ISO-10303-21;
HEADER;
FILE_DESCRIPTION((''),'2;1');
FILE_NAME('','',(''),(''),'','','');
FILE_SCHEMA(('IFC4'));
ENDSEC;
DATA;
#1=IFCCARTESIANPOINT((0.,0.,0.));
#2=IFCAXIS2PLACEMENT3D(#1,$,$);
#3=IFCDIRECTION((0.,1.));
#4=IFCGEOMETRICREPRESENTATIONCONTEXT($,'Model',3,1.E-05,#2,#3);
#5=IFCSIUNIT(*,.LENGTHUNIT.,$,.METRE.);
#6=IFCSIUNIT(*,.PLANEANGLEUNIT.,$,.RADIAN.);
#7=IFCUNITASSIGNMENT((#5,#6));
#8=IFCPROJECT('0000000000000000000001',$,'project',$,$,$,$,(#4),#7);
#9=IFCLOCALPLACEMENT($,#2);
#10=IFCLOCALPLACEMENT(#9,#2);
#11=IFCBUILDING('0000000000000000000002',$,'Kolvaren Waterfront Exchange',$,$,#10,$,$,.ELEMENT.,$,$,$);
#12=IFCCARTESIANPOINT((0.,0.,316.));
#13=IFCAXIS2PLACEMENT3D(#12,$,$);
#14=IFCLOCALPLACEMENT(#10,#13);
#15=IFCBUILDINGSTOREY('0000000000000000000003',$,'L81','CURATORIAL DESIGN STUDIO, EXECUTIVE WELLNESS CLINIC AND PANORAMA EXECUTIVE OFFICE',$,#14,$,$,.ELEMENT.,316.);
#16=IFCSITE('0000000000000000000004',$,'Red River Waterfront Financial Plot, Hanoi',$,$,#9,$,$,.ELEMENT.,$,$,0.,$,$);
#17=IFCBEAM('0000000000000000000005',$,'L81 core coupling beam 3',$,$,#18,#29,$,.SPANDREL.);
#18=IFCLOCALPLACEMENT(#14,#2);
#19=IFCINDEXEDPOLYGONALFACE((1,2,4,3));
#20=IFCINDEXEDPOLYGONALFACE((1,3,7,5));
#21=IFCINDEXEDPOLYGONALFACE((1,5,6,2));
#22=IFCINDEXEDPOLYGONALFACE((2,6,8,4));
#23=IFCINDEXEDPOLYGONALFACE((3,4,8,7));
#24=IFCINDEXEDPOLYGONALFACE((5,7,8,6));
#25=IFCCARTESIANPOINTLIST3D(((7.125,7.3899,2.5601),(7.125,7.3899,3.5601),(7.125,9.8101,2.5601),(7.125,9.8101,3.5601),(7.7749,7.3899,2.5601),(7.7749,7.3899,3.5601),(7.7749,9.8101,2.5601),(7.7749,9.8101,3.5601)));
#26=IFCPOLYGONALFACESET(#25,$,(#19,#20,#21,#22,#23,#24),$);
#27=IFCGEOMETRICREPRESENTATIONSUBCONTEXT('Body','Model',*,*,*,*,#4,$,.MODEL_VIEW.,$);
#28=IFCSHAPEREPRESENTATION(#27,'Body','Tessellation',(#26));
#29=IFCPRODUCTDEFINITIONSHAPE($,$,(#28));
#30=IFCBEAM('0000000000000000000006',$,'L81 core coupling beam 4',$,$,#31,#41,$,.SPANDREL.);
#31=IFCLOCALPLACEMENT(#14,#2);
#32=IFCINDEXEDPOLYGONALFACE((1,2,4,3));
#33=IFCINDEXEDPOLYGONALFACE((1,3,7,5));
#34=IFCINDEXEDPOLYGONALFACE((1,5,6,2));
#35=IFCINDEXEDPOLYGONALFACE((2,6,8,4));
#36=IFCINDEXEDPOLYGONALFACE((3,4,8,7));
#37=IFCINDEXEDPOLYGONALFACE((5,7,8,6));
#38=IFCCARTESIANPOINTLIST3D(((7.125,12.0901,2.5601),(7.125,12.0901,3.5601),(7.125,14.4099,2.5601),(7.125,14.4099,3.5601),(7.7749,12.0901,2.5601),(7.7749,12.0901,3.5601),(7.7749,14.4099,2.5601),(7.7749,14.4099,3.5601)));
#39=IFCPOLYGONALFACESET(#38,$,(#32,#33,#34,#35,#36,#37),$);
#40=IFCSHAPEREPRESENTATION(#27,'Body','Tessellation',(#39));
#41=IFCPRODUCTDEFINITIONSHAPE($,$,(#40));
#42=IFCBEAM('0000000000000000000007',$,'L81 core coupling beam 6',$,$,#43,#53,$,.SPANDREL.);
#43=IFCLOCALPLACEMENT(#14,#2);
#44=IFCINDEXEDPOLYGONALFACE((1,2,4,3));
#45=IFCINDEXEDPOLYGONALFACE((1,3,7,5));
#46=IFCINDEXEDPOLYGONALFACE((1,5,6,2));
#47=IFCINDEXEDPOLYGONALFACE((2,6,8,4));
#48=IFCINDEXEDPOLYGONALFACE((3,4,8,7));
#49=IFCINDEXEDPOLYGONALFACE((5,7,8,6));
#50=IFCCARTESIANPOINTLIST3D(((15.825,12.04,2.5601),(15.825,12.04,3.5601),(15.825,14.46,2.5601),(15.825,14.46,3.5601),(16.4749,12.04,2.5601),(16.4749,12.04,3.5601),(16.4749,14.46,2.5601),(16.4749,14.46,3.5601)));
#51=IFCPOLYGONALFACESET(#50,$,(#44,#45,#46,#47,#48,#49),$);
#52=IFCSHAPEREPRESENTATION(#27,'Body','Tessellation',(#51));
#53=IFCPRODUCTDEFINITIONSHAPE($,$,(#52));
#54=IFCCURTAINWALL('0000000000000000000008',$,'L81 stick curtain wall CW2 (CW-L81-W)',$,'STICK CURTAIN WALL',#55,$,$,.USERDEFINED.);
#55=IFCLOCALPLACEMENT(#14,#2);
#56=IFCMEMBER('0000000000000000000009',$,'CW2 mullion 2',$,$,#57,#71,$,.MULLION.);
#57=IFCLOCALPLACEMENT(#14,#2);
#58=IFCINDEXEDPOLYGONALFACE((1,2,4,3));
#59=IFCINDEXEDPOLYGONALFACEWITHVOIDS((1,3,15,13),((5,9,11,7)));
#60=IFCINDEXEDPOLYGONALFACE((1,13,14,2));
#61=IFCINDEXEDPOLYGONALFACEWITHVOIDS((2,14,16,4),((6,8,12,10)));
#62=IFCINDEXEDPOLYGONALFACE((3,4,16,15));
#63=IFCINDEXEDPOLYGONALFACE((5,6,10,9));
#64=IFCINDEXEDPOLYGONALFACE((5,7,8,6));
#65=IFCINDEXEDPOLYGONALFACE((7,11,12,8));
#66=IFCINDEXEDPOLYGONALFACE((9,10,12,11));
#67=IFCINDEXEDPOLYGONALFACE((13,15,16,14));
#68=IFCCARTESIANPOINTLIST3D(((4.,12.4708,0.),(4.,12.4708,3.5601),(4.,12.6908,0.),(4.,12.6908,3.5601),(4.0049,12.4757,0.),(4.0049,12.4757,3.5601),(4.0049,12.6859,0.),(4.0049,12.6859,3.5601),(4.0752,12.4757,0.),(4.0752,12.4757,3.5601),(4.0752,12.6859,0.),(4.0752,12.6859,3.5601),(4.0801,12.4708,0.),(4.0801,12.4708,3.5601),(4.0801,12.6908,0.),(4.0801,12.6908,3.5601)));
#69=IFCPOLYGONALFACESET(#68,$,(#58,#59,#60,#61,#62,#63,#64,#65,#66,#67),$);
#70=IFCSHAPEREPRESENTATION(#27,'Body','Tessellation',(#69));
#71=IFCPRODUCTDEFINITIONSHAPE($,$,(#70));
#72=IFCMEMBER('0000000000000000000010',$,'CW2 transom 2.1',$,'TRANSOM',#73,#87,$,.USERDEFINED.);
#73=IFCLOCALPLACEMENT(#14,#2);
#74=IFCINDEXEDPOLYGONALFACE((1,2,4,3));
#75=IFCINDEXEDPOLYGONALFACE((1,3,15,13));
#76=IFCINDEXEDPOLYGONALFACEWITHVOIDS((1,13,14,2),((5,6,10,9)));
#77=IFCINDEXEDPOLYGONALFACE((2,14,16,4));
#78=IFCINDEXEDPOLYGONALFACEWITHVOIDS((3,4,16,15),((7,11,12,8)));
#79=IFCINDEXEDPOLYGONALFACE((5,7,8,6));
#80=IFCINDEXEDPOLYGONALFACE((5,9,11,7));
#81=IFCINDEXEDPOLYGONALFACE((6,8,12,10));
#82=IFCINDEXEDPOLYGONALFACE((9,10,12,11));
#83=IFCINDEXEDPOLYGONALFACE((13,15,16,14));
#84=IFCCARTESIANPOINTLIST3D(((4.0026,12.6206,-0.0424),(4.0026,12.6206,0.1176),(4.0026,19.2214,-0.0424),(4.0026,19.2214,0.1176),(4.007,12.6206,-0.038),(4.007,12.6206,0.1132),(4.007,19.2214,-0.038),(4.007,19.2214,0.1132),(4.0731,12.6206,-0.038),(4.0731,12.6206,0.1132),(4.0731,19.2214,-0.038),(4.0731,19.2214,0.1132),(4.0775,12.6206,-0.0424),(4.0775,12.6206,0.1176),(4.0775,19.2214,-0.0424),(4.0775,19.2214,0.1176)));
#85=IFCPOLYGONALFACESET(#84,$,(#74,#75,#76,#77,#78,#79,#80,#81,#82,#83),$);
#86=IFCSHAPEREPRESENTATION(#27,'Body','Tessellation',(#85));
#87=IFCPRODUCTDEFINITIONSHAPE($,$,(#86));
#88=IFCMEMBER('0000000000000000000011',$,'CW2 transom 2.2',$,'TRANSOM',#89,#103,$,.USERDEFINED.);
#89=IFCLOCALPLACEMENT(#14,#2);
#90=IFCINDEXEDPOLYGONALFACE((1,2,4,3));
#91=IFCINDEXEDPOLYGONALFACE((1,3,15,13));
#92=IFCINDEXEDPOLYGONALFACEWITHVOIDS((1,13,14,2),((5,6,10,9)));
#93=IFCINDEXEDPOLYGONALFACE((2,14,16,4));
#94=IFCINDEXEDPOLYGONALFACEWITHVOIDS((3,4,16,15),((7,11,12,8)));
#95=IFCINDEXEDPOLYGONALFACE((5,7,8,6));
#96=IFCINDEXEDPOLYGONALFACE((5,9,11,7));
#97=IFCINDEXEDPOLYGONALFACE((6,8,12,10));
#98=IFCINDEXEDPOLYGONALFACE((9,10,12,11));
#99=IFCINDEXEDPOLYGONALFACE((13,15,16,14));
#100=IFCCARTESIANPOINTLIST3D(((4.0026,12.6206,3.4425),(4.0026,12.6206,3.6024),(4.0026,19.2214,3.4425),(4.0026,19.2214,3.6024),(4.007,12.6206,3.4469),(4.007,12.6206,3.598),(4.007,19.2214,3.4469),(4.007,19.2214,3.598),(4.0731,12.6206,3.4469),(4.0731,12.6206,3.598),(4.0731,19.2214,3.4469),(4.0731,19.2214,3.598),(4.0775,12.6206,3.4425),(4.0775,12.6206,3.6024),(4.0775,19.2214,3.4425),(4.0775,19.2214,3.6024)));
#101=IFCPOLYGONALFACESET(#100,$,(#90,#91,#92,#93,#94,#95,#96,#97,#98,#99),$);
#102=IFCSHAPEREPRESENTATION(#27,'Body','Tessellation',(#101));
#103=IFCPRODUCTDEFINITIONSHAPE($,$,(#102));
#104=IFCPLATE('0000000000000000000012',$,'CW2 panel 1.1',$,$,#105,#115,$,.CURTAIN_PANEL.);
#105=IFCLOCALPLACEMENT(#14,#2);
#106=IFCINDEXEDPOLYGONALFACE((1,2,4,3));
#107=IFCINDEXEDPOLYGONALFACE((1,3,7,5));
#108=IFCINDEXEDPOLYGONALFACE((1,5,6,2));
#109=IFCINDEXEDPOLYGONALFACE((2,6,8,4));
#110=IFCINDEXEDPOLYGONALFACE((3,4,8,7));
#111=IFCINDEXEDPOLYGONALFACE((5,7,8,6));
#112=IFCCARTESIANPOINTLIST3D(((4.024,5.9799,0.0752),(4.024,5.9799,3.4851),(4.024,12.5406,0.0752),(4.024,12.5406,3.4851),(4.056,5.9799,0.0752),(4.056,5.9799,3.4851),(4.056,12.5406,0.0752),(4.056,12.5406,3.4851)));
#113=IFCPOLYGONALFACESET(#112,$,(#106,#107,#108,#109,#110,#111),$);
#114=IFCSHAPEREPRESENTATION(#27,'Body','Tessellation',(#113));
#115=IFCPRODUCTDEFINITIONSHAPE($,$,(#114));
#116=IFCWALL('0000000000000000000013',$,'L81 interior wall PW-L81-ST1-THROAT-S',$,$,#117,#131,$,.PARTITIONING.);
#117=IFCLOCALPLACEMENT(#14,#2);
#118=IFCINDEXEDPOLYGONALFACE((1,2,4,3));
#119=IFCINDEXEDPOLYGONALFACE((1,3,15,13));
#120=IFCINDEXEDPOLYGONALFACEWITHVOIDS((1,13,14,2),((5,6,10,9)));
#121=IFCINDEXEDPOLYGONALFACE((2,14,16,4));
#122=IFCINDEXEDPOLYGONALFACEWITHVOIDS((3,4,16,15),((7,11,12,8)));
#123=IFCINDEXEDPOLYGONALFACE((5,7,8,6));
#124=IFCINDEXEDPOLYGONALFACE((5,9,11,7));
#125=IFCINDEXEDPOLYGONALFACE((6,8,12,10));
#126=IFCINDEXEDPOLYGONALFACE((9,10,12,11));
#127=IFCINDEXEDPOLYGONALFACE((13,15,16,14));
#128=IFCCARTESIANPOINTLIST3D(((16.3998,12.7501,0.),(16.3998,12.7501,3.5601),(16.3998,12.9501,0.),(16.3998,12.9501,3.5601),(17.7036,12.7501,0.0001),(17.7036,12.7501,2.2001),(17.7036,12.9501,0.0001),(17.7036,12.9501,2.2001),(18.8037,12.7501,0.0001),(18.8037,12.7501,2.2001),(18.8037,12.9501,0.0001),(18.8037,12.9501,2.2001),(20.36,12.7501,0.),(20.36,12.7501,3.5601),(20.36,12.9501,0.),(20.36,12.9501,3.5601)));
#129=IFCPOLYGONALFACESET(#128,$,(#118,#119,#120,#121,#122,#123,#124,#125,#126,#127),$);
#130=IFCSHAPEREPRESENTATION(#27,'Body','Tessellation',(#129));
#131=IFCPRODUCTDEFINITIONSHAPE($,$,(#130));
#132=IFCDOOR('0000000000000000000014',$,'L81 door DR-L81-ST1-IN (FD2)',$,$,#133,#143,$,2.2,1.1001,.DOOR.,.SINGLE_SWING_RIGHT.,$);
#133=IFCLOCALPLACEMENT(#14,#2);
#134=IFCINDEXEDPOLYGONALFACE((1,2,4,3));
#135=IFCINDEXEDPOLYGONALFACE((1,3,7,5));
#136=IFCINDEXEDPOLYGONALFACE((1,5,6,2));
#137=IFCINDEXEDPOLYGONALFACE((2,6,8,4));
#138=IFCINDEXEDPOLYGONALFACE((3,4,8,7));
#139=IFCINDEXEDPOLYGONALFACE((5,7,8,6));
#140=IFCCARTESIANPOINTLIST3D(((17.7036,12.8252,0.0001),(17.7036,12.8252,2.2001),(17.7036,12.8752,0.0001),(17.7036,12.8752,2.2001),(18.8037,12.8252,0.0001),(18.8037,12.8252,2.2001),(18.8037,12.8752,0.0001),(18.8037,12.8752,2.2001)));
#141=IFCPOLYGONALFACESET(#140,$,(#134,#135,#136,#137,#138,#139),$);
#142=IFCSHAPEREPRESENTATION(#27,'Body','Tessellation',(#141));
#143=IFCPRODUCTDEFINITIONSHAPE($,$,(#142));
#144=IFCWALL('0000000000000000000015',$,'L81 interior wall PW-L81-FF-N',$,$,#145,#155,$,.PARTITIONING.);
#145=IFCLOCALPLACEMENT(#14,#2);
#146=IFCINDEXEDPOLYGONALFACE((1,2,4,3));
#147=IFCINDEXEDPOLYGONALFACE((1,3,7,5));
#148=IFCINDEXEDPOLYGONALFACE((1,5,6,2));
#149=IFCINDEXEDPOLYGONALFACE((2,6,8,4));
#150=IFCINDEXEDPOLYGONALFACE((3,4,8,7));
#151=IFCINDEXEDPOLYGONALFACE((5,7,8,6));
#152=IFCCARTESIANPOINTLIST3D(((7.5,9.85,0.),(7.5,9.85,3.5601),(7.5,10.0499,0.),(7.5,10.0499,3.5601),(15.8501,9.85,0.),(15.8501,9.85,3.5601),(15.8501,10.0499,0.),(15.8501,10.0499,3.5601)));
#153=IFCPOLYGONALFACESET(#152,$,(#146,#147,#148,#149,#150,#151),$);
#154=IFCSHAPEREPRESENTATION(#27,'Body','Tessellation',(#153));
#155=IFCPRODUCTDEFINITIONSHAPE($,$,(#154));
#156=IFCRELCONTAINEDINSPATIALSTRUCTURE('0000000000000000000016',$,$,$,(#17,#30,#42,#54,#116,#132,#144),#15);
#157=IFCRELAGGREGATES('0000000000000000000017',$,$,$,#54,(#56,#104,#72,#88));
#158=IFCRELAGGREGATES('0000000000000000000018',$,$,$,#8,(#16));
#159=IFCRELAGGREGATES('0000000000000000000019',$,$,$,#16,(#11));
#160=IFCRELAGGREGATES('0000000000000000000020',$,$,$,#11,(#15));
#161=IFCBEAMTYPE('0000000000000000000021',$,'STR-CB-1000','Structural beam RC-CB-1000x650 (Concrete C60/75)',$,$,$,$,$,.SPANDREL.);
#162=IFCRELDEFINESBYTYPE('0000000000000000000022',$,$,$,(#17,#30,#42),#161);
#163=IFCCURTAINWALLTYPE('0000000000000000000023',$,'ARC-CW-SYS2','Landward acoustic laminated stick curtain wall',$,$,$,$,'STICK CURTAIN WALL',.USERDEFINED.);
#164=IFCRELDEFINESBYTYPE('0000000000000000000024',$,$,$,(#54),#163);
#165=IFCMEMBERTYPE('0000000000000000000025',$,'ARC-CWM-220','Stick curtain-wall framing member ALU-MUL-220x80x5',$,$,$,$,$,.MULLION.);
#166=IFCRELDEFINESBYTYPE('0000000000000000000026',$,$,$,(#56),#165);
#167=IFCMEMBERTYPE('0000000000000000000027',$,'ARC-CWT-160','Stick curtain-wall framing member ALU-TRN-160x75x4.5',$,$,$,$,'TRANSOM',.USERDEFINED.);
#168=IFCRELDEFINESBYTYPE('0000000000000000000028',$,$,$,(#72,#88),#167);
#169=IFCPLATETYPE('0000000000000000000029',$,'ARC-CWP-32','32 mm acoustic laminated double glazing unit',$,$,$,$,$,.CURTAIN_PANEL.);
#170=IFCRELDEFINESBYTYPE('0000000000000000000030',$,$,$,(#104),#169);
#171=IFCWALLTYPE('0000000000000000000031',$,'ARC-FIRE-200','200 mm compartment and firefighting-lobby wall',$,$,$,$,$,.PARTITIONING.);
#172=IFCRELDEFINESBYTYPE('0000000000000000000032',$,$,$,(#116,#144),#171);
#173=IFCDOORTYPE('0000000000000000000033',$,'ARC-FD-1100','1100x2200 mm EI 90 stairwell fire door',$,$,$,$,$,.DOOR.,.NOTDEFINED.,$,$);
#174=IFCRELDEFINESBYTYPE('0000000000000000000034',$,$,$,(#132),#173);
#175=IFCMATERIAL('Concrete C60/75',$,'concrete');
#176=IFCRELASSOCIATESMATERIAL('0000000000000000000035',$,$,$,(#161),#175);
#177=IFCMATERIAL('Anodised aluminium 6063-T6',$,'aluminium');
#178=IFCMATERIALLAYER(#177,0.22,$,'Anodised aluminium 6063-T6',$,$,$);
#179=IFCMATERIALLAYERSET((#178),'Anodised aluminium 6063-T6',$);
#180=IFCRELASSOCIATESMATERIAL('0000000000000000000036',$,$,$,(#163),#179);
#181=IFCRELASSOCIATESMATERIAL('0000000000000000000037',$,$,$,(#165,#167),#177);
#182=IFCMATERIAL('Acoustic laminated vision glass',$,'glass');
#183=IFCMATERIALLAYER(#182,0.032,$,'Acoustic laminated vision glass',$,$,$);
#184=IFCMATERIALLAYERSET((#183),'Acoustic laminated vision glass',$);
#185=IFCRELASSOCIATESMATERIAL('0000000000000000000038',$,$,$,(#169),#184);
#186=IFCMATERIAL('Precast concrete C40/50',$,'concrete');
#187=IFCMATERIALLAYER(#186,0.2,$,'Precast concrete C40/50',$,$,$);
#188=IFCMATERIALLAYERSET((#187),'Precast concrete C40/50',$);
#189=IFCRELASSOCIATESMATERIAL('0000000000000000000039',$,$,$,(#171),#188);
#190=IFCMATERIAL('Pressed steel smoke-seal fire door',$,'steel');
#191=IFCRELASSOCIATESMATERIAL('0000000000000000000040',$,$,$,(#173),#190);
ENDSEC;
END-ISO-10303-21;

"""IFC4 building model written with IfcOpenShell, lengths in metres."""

from ifc_helpers import new_model, si_unit, direction, frame, frame_2d, origin, origin_with_axes, origin_2d, place, context, subcontext, project, spatial, rectangle, hollow_rectangle, extrude, source, transform, mapped, material, layer, layer_set, material_profile, profile_set, type_object, element, fill, aggregate, save


model = new_model("IFC4")

# Units and contexts
model_context = context("Model", 3, precision=1e-05, world=origin(), true_north=direction((0.0, 1.0)))
body_context = subcontext(model_context, "Body", "Model", "MODEL_VIEW")
ifc_project = project(units=[si_unit("LENGTHUNIT", "METRE"), si_unit("PLANEANGLEUNIT", "RADIAN")], contexts=[model_context])

# Site, building, storey
site_placement = place(None, origin())
site = spatial("IfcSite", under=ifc_project, at=site_placement, Name="Red River Waterfront Financial Plot, Hanoi", CompositionType="ELEMENT", RefElevation=0.0)
building_placement = place(site_placement, origin())
building = spatial("IfcBuilding", under=site, at=building_placement, Name="Kolvaren Waterfront Exchange", CompositionType="ELEMENT")
storey_placement = place(building_placement, frame((0.0, 0.0, 316.0)))
storey = spatial("IfcBuildingStorey", under=building, at=storey_placement, Name="L81", Description="CURATORIAL DESIGN STUDIO, EXECUTIVE WELLNESS CLINIC AND PANORAMA EXECUTIVE OFFICE", CompositionType="ELEMENT", Elevation=316.0)

# Beams
ifc_material_1 = material(Name="Concrete C60/75", Category="concrete")
ifc_material_profile_1 = material_profile(ifc_material_1, rectangle(XDim=0.6499, YDim=1.0, at=origin_2d()), Name="RC-CB-1000x650")
ifc_profile_set_1 = profile_set([ifc_material_profile_1], Name="Concrete C60/75")
beam_type = type_object("IfcBeamType", Name="STR-CB-1000", Description="Structural beam RC-CB-1000x650 (Concrete C60/75)", PredefinedType="SPANDREL", material=ifc_profile_set_1)
beam_1_placement = place(storey_placement, frame((7.45, 7.3899, 3.0601), z_axis=(0.0, 1.0, 0.0), x_axis=(-1.0, 0.0, 0.0)))
element("IfcBeam", 1, at=beam_1_placement, inside=storey, type_object=beam_type, Name="L81 core coupling beam 3", PredefinedType="SPANDREL", context=body_context, shape_type="SweptSolid", body=[
    extrude(rectangle(XDim=0.6499, YDim=1.0, at=origin_2d()), origin(), (0.0, 0.0, 1.0), 2.4202),
])
beam_2_placement = place(storey_placement, frame((7.45, 12.0901, 3.0601), z_axis=(0.0, 1.0, 0.0), x_axis=(-1.0, 0.0, 0.0)))
element("IfcBeam", 2, at=beam_2_placement, inside=storey, type_object=beam_type, Name="L81 core coupling beam 4", PredefinedType="SPANDREL", context=body_context, shape_type="SweptSolid", body=[
    extrude(rectangle(XDim=0.6499, YDim=1.0, at=origin_2d()), origin(), (0.0, 0.0, 1.0), 2.3198),
])
beam_3_placement = place(storey_placement, frame((16.1499, 12.04, 3.0601), z_axis=(0.0, 1.0, 0.0), x_axis=(-1.0, 0.0, 0.0)))
element("IfcBeam", 3, at=beam_3_placement, inside=storey, type_object=beam_type, Name="L81 core coupling beam 6", PredefinedType="SPANDREL", context=body_context, shape_type="SweptSolid", body=[
    extrude(rectangle(XDim=0.6499, YDim=1.0, at=origin_2d()), origin(), (0.0, 0.0, 1.0), 2.4199),
])

# Curtain wall, members, plate
ifc_material_2 = material(Name="Anodised aluminium 6063-T6", Category="aluminium")
ifc_layer_1 = layer(ifc_material_2, 0.22, Name="Anodised aluminium 6063-T6")
ifc_layer_set_1 = layer_set([ifc_layer_1], Name="Anodised aluminium 6063-T6")
curtain_wall_type = type_object("IfcCurtainWallType", Name="ARC-CW-SYS2", Description="Landward acoustic laminated stick curtain wall", ElementType="STICK CURTAIN WALL", PredefinedType="USERDEFINED", material=ifc_layer_set_1)
curtain_wall_placement = place(storey_placement, origin())
curtain_wall = element("IfcCurtainWall", 4, at=curtain_wall_placement, inside=storey, type_object=curtain_wall_type, Name="L81 stick curtain wall CW2 (CW-L81-W)", ObjectType="STICK CURTAIN WALL", PredefinedType="USERDEFINED")
ifc_material_profile_2 = material_profile(ifc_material_2, hollow_rectangle(XDim=0.0801, YDim=0.22, WallThickness=0.0049, at=origin_2d()), Name="ALU-MUL-220x80x5")
ifc_profile_set_2 = profile_set([ifc_material_profile_2], Name="Anodised aluminium 6063-T6")
member_type_1 = type_object("IfcMemberType", Name="ARC-CWM-220", Description="Stick curtain-wall framing member ALU-MUL-220x80x5", PredefinedType="MULLION", material=ifc_profile_set_2)
shared_shape_1 = source(origin_with_axes(), body_context, "Body", "SweptSolid", [
    extrude(hollow_rectangle(XDim=0.0801, YDim=0.22, WallThickness=0.0049, at=origin_2d()), origin(), (0.0, 0.0, 1.0), 3.5601),
])
member_1_placement = place(storey_placement, frame((4.04, 12.5808, 0.0), z_axis=(0.0, 0.0, 1.0), x_axis=(-1.0, 0.0, 0.0)))
member_1 = element("IfcMember", 5, at=member_1_placement, type_object=member_type_1, Name="CW2 mullion 2", PredefinedType="MULLION", context=body_context, shape_type="MappedRepresentation", body=[
    mapped(shared_shape_1, transform((0.0, 0.0, 0.0), x_axis=(1.0, 0.0, 0.0), y_axis=(0.0, 1.0, 0.0), z_axis=(0.0, 0.0, 1.0), scale=1.0)),
])
ifc_material_profile_3 = material_profile(ifc_material_2, hollow_rectangle(XDim=0.075, YDim=0.1599, WallThickness=0.0044, at=origin_2d()), Name="ALU-TRN-160x75x4.5")
ifc_profile_set_3 = profile_set([ifc_material_profile_3], Name="Anodised aluminium 6063-T6")
member_type_2 = type_object("IfcMemberType", Name="ARC-CWT-160", Description="Stick curtain-wall framing member ALU-TRN-160x75x4.5", ElementType="TRANSOM", PredefinedType="USERDEFINED", material=ifc_profile_set_3)
shared_shape_2 = source(origin_with_axes(), body_context, "Body", "SweptSolid", [
    extrude(hollow_rectangle(XDim=0.075, YDim=0.1599, WallThickness=0.0044, at=origin_2d()), origin(), (0.0, 0.0, 1.0), 6.6008),
])
member_2_placement = place(storey_placement, frame((4.04, 12.6206, 0.0376), z_axis=(0.0, 1.0, 0.0), x_axis=(-1.0, 0.0, 0.0)))
member_2 = element("IfcMember", 6, at=member_2_placement, type_object=member_type_2, Name="CW2 transom 2.1", ObjectType="TRANSOM", PredefinedType="USERDEFINED", context=body_context, shape_type="MappedRepresentation", body=[
    mapped(shared_shape_2, transform((0.0, 0.0, 0.0), x_axis=(1.0, 0.0, 0.0), y_axis=(0.0, 1.0, 0.0), z_axis=(0.0, 0.0, 1.0), scale=1.0)),
])
member_3_placement = place(storey_placement, frame((4.04, 12.6206, 3.5225), z_axis=(0.0, 1.0, 0.0), x_axis=(-1.0, 0.0, 0.0)))
member_3 = element("IfcMember", 7, at=member_3_placement, type_object=member_type_2, Name="CW2 transom 2.2", ObjectType="TRANSOM", PredefinedType="USERDEFINED", context=body_context, shape_type="MappedRepresentation", body=[
    mapped(shared_shape_2, transform((0.0, 0.0, 0.0), x_axis=(1.0, 0.0, 0.0), y_axis=(0.0, 1.0, 0.0), z_axis=(0.0, 0.0, 1.0), scale=1.0)),
])
ifc_material_3 = material(Name="Acoustic laminated vision glass", Category="glass")
ifc_layer_2 = layer(ifc_material_3, 0.032, Name="Acoustic laminated vision glass")
ifc_layer_set_2 = layer_set([ifc_layer_2], Name="Acoustic laminated vision glass")
plate_type = type_object("IfcPlateType", Name="ARC-CWP-32", Description="32 mm acoustic laminated double glazing unit", PredefinedType="CURTAIN_PANEL", material=ifc_layer_set_2)
shared_shape_3 = source(origin_with_axes(), body_context, "Body", "SweptSolid", [
    extrude(rectangle(XDim=6.5608, YDim=0.032, at=origin_2d()), origin(), (0.0, 0.0, 1.0), 3.4099),
])
plate_placement = place(storey_placement, frame((4.04, 9.2603, 0.0752), z_axis=(0.0, 0.0, 1.0), x_axis=(0.0, 1.0, 0.0)))
plate = element("IfcPlate", 8, at=plate_placement, type_object=plate_type, Name="CW2 panel 1.1", PredefinedType="CURTAIN_PANEL", context=body_context, shape_type="MappedRepresentation", body=[
    mapped(shared_shape_3, transform((0.0, 0.0, 0.0), x_axis=(1.0, 0.0, 0.0), y_axis=(0.0, 1.0, 0.0), z_axis=(0.0, 0.0, 1.0), scale=1.0)),
])
aggregate(curtain_wall, [member_1, plate, member_2, member_3])

# Wall, opening, door
ifc_material_4 = material(Name="Precast concrete C40/50", Category="concrete")
ifc_layer_3 = layer(ifc_material_4, 0.2, Name="Precast concrete C40/50")
ifc_layer_set_3 = layer_set([ifc_layer_3], Name="Precast concrete C40/50")
wall_type_1 = type_object("IfcWallType", Name="ARC-FIRE-200", Description="200 mm compartment and firefighting-lobby wall", PredefinedType="PARTITIONING", material=ifc_layer_set_3)
wall_1_placement = place(storey_placement, frame((16.3999, 12.8501, 0.0), z_axis=(0.0, 0.0, 1.0), x_axis=(1.0, 0.0, 0.0)))
wall_1 = element("IfcWall", 9, at=wall_1_placement, inside=storey, type_object=wall_type_1, Name="L81 interior wall PW-L81-ST1-THROAT-S", PredefinedType="PARTITIONING", context=body_context, shape_type="SweptSolid", body=[
    extrude(rectangle(XDim=3.9602, YDim=0.2, at=frame_2d((1.98, 0.0))), origin(), (0.0, 0.0, 1.0), 3.5601),
])
opening_1_placement = place(wall_1_placement, frame((1.3037, 0.0, 0.0)))
opening_1 = element("IfcOpeningElement", 10, at=opening_1_placement, cuts=wall_1, PredefinedType="OPENING", context=body_context, shape_type="SweptSolid", body=[
    extrude(rectangle(XDim=1.1001, YDim=2.2, at=frame_2d((0.55, 1.1001))), frame((0.0, 0.1099, 0.0), z_axis=(0.0, -1.0, 0.0), x_axis=(1.0, 0.0, 0.0)), (0.0, 0.0, 1.0), 0.22),
])
ifc_material_5 = material(Name="Pressed steel smoke-seal fire door", Category="steel")
door_type_1 = type_object("IfcDoorType", Name="ARC-FD-1100", Description="1100x2200 mm EI 90 stairwell fire door", OperationType="NOTDEFINED", PredefinedType="DOOR", material=ifc_material_5)
door_1_placement = place(opening_1_placement, frame((1.1001, 0.0, 0.0), z_axis=(0.0, 0.0, 1.0), x_axis=(-1.0, 0.0, 0.0)))
door_1 = element("IfcDoor", 11, at=door_1_placement, inside=storey, type_object=door_type_1, Name="L81 door DR-L81-ST1-IN (FD2)", OperationType="SINGLE_SWING_RIGHT", OverallHeight=2.2, OverallWidth=1.1001, PredefinedType="DOOR", context=body_context, shape_type="SweptSolid", body=[
    extrude(rectangle(XDim=1.1001, YDim=2.2, at=frame_2d((0.55, 1.1001))), frame((0.0, 0.0249, 0.0), z_axis=(0.0, -1.0, 0.0), x_axis=(1.0, 0.0, 0.0)), (0.0, 0.0, 1.0), 0.05),
])
fill(opening_1, door_1)

# Wall
wall_2_placement = place(storey_placement, frame((7.5, 9.95, 0.0), z_axis=(0.0, 0.0, 1.0), x_axis=(1.0, 0.0, 0.0)))
element("IfcWall", 12, at=wall_2_placement, inside=storey, type_object=wall_type_1, Name="L81 interior wall PW-L81-FF-N", PredefinedType="PARTITIONING", context=body_context, shape_type="SweptSolid", body=[
    extrude(rectangle(XDim=8.3501, YDim=0.2, at=frame_2d((4.175, 0.0))), origin(), (0.0, 0.0, 1.0), 3.5601),
])

save(model, "model.ifc")
